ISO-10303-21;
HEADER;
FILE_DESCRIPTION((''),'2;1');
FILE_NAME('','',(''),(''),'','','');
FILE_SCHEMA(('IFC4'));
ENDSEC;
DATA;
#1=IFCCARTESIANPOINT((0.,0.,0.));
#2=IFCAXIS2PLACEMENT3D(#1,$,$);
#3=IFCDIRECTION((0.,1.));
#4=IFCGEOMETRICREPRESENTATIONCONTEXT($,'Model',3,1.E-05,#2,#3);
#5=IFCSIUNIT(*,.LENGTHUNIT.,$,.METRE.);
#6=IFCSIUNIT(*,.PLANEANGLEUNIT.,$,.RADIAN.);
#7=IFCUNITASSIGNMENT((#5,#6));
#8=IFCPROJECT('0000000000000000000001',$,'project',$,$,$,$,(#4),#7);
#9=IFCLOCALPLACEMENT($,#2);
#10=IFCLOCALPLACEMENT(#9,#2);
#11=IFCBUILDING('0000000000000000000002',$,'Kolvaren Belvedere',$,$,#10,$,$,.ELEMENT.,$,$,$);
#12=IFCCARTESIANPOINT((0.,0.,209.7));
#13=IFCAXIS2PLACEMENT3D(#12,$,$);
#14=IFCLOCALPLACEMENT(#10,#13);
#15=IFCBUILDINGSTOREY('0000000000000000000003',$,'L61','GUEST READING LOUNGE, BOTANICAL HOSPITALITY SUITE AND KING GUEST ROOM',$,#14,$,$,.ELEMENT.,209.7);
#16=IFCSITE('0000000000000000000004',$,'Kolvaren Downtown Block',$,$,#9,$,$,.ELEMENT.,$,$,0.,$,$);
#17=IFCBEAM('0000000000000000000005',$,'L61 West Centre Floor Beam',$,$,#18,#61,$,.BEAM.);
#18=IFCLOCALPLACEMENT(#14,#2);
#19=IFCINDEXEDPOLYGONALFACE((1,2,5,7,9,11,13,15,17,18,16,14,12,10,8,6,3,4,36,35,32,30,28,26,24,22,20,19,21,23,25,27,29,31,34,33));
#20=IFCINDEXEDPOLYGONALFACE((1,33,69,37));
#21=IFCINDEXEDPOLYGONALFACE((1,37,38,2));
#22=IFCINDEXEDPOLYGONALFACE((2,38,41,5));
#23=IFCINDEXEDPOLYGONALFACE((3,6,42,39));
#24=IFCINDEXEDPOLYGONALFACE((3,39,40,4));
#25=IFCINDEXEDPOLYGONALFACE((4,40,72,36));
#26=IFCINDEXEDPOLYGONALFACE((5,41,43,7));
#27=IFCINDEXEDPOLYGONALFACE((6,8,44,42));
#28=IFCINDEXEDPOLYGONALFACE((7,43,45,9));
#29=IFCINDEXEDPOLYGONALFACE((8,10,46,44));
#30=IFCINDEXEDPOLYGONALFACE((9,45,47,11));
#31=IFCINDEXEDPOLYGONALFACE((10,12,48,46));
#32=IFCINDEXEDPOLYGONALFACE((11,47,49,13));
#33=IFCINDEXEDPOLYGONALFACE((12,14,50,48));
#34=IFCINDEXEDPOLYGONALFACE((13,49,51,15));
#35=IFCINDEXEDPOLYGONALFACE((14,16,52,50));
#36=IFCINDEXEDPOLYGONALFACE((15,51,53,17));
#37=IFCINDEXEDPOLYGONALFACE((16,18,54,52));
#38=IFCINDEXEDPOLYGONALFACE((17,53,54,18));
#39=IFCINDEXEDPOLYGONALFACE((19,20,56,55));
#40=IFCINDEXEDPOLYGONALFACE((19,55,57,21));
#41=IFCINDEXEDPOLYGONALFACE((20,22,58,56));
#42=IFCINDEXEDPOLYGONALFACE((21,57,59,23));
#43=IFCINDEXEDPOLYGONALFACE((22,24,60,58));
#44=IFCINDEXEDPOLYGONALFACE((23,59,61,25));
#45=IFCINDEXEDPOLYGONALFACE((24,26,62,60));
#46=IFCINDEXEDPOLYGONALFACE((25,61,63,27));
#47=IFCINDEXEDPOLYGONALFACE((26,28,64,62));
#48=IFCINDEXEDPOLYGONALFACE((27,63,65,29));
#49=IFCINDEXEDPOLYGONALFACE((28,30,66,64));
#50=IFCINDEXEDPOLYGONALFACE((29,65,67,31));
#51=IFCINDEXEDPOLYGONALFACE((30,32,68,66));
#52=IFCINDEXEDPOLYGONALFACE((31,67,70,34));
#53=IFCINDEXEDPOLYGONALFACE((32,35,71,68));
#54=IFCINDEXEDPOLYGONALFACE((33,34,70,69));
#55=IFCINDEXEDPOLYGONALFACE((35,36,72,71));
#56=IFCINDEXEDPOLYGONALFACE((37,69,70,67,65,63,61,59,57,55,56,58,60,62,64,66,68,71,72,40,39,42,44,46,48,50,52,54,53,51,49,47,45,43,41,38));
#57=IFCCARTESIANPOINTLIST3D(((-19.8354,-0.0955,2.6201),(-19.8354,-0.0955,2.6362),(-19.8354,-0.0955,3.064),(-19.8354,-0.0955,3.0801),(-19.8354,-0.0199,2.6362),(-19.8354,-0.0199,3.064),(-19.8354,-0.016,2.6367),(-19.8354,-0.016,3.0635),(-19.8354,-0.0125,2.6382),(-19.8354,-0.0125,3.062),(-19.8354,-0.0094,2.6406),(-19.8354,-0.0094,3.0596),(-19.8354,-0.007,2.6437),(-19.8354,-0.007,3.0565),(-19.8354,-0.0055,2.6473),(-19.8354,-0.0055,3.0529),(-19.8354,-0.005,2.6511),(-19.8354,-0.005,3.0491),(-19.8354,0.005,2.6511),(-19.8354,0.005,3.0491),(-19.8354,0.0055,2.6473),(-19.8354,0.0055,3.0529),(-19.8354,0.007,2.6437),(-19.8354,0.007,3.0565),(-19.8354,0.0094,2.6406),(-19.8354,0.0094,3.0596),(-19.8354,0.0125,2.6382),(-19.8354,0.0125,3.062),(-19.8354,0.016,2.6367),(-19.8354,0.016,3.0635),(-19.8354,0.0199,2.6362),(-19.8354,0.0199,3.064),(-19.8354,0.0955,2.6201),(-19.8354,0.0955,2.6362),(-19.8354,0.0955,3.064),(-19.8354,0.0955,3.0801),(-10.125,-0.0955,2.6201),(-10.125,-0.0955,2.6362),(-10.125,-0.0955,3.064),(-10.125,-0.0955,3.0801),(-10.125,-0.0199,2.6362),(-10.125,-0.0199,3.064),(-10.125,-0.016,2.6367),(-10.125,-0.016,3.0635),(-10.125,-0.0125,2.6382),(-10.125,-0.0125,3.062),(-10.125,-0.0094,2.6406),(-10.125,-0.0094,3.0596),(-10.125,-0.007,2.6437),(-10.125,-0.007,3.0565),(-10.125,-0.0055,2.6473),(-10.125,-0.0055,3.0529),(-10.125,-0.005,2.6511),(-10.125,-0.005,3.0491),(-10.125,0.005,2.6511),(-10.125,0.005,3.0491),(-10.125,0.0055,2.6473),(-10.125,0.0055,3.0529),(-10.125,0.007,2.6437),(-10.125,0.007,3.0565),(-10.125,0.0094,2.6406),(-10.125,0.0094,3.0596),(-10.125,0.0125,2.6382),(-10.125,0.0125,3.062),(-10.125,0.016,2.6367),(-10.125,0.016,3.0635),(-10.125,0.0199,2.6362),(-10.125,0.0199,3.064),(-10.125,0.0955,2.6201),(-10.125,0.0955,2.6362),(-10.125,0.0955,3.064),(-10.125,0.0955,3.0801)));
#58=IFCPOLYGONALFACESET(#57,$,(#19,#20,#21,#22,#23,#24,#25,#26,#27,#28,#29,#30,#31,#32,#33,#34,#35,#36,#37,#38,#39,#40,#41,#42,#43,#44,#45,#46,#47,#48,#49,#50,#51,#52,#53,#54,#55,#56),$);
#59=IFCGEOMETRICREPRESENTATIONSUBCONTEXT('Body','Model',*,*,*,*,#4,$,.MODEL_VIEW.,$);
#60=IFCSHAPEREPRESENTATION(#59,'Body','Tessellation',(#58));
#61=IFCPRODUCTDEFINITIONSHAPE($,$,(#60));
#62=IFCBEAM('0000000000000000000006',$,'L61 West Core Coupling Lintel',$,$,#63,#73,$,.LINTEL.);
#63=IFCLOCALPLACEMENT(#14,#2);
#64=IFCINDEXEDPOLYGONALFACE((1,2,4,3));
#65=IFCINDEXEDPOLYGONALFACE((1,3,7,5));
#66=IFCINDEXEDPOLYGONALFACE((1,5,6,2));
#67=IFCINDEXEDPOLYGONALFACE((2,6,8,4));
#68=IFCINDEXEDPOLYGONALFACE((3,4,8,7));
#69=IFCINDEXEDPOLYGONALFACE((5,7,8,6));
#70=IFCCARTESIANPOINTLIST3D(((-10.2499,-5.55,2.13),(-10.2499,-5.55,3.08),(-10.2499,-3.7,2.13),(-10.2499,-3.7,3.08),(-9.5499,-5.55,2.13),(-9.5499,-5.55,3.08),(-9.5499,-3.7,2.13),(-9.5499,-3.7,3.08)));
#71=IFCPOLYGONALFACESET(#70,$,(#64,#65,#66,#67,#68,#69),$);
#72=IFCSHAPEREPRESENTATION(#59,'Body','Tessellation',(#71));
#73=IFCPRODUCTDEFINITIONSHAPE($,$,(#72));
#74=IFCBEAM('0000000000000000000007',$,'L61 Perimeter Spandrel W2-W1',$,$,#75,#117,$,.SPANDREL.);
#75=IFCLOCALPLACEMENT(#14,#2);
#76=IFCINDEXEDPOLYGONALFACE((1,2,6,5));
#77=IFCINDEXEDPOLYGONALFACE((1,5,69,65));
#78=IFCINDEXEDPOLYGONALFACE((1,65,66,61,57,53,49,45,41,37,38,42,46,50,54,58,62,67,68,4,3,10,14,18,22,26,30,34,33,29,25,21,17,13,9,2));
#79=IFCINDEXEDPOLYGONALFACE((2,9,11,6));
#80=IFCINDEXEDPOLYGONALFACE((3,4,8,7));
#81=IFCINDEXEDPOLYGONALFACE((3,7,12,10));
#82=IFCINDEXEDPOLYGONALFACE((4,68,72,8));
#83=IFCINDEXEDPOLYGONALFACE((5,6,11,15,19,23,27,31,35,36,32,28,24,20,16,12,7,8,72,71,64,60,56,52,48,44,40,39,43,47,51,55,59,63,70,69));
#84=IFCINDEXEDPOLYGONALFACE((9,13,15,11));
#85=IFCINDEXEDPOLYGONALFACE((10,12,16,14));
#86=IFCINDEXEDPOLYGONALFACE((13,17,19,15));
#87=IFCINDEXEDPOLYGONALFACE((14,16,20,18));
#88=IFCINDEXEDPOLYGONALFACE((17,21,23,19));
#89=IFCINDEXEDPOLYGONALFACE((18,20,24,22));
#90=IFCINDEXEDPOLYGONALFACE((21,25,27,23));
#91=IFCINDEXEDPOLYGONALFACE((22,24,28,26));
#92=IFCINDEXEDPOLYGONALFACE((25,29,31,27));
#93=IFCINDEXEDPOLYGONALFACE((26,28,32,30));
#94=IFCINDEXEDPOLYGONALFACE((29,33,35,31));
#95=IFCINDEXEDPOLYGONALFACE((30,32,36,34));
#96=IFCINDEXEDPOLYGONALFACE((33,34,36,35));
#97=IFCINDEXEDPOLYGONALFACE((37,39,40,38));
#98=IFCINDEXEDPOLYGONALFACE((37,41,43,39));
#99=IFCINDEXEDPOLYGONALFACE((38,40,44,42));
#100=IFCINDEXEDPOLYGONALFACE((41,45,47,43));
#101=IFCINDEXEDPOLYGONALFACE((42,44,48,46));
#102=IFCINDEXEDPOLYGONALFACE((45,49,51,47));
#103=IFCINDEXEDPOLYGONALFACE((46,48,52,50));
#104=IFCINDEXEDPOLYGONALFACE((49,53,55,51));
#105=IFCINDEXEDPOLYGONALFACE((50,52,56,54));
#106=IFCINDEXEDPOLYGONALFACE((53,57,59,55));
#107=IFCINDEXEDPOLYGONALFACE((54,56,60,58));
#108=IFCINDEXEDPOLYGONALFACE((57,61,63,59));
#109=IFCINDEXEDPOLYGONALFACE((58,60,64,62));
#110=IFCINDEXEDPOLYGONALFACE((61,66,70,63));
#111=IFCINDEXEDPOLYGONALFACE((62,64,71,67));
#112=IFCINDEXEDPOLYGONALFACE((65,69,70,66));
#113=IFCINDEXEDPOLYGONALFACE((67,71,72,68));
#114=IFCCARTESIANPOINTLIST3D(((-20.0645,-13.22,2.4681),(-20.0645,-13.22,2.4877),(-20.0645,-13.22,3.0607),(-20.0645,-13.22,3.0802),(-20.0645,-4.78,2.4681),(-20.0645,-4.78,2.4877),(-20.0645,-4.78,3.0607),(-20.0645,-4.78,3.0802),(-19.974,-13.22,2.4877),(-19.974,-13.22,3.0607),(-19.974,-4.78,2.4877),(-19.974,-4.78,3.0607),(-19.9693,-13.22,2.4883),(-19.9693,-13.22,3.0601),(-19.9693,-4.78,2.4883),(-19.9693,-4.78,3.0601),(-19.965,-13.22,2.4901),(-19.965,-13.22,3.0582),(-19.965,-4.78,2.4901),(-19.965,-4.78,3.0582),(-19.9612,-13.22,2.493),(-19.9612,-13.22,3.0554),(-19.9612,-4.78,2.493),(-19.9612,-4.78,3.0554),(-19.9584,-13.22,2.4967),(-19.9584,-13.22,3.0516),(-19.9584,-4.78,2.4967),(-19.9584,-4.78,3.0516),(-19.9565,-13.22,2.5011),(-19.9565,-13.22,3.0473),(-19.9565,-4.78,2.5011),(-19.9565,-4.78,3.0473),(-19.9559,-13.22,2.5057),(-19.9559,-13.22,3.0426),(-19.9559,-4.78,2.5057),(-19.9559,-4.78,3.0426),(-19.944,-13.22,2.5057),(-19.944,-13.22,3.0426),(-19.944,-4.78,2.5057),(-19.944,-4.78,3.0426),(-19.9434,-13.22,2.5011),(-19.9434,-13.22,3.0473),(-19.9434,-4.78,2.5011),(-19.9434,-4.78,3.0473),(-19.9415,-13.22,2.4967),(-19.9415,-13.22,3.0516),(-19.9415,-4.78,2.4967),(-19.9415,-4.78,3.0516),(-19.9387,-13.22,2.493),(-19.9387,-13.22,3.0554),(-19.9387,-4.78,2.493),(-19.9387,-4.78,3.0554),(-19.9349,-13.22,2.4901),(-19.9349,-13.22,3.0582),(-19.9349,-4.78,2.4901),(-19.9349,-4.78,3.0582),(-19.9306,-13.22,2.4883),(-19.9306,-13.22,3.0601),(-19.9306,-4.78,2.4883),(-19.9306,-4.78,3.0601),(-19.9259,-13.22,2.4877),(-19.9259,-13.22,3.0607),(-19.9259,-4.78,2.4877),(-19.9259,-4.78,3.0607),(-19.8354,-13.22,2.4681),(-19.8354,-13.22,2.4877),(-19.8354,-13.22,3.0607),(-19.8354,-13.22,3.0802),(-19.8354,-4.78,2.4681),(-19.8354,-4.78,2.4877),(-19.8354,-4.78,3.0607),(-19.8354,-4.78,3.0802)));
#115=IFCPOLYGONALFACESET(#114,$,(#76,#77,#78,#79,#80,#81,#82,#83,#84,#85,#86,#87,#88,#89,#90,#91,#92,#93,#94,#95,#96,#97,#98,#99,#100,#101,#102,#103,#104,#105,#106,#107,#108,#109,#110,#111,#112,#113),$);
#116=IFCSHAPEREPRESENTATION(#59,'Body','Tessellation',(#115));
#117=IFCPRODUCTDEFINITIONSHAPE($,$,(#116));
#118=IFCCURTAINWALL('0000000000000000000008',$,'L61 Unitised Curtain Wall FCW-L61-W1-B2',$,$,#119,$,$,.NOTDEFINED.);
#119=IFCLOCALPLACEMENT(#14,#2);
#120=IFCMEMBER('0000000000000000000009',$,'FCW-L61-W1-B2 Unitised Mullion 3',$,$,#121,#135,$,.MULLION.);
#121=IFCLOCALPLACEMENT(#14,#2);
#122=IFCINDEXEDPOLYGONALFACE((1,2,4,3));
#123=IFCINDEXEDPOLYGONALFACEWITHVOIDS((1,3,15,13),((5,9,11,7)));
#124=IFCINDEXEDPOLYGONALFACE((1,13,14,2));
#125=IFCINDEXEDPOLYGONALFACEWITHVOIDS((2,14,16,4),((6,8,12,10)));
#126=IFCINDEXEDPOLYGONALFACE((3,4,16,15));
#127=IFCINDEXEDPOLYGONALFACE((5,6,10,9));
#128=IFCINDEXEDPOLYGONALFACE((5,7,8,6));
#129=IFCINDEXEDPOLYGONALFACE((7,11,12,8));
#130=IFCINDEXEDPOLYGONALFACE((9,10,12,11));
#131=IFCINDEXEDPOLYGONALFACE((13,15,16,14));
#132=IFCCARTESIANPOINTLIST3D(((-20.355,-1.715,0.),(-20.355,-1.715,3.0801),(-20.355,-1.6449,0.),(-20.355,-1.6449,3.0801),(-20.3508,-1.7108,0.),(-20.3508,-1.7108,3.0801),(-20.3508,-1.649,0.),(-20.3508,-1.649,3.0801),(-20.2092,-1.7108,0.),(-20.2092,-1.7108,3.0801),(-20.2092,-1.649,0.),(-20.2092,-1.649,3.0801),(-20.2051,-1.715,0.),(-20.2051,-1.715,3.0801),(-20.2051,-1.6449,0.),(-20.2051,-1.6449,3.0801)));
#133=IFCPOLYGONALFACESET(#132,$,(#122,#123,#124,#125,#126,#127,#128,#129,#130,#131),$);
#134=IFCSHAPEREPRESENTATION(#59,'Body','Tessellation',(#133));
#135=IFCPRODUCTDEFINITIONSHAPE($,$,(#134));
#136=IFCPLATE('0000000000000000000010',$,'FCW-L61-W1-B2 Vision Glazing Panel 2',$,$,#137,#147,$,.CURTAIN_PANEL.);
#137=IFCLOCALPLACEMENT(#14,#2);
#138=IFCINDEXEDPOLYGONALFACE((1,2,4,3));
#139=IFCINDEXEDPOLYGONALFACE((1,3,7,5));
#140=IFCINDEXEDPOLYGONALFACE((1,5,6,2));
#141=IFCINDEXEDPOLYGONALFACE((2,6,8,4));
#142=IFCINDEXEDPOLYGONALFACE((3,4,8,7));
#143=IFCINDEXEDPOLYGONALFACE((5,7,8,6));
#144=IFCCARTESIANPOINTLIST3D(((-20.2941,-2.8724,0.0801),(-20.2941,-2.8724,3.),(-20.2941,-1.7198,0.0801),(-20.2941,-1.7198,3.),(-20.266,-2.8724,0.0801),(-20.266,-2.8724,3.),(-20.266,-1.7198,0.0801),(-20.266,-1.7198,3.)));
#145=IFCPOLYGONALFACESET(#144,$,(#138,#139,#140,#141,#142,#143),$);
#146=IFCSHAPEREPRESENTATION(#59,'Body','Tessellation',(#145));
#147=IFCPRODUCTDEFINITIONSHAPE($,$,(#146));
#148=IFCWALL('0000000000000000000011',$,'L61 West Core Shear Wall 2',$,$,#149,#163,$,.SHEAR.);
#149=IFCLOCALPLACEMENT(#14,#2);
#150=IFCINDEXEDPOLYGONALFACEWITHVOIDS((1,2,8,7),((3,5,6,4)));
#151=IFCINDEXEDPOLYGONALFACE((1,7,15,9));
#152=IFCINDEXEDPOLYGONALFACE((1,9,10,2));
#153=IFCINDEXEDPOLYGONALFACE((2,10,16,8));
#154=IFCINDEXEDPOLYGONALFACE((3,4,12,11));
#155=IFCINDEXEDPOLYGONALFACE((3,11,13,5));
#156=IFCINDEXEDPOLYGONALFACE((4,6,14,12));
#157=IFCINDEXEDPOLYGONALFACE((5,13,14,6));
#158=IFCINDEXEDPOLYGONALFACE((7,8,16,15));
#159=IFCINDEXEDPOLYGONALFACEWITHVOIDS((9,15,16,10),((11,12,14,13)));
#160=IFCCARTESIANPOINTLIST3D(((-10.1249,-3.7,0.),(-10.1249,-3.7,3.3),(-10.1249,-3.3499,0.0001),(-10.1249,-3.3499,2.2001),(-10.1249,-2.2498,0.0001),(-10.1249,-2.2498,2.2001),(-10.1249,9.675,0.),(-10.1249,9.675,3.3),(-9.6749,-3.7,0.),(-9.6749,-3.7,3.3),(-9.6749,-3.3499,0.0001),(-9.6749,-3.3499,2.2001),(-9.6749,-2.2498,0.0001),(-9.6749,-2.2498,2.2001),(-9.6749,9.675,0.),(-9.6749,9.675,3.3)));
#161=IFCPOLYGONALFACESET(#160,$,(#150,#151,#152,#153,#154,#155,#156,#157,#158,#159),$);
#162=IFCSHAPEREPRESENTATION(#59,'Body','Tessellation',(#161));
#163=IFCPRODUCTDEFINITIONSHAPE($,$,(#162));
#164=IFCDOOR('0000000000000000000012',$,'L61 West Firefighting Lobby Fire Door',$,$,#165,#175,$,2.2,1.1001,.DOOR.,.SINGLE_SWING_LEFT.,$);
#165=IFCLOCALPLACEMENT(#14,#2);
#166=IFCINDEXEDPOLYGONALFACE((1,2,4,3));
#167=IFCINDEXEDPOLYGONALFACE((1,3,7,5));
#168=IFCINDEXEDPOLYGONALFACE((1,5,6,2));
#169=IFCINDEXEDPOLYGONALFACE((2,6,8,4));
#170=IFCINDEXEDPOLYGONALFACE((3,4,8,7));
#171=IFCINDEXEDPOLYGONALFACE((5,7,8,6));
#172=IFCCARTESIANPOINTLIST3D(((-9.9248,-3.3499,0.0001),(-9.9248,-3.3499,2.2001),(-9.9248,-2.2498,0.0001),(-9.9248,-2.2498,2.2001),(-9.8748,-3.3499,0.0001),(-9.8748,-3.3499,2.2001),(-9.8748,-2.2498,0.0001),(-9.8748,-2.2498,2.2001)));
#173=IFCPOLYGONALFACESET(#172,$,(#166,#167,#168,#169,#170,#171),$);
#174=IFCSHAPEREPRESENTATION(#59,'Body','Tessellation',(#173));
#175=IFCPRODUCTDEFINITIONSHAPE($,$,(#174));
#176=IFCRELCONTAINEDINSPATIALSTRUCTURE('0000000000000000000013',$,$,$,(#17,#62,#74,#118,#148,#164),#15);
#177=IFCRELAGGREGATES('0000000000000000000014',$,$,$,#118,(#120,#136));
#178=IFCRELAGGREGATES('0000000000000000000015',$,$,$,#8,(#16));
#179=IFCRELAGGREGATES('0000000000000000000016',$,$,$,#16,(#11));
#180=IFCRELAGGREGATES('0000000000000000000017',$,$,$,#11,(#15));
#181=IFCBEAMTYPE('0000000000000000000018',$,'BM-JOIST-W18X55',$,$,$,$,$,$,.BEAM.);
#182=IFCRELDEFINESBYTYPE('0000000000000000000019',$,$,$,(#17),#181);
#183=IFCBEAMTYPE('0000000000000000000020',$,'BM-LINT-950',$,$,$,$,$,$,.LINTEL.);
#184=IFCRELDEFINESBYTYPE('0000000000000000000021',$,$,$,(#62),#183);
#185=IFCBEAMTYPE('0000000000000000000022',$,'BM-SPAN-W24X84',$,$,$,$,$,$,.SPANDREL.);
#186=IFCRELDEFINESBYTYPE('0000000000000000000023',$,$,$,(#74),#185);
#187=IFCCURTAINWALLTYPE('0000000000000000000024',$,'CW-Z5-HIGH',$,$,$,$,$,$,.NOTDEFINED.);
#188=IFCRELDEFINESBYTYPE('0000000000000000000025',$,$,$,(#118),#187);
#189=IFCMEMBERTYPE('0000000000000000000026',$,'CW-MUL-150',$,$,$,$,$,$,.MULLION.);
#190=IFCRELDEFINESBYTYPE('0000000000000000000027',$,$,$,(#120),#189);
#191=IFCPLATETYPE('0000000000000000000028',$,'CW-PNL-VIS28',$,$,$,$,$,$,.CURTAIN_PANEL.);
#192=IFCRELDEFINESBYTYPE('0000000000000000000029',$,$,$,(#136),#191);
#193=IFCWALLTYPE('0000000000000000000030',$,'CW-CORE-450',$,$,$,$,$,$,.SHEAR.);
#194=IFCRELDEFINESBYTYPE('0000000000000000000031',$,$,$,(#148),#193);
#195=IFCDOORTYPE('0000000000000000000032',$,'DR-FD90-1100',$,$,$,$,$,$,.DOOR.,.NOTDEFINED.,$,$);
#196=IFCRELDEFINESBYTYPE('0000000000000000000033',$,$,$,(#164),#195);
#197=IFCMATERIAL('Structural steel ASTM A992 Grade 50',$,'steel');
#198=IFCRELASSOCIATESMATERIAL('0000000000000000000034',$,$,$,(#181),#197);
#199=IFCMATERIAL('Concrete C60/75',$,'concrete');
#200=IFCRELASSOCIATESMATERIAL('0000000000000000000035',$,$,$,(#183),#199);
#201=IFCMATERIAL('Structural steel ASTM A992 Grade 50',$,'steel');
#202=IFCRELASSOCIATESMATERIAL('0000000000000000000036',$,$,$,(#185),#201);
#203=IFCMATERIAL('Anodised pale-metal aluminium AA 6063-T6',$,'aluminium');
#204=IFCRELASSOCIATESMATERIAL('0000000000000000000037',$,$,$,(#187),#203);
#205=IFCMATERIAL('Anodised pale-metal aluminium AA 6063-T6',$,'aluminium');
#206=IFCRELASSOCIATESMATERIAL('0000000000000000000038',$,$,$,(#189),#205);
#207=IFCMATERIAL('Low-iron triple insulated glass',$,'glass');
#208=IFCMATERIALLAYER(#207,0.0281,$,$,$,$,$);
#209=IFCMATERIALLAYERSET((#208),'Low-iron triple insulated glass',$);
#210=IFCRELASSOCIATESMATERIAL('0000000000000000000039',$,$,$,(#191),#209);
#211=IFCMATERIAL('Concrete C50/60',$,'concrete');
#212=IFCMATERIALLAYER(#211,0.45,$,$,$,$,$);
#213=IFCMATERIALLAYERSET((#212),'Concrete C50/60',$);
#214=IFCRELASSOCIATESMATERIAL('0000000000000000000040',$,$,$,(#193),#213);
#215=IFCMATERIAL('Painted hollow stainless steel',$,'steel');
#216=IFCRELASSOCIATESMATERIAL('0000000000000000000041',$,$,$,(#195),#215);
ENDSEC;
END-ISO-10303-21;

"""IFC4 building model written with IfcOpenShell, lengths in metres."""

from ifc_helpers import new_model, si_unit, direction, frame, frame_2d, origin, origin_2d, place, context, subcontext, project, spatial, rectangle, hollow_rectangle, i_section, extrude, material, layer, layer_set, material_profile, profile_set, type_object, element, fill, aggregate, save


model = new_model("IFC4")

# Units and contexts
model_context = context("Model", 3, precision=1e-05, world=origin(), true_north=direction((0.0, 1.0)))
body_context = subcontext(model_context, "Body", "Model", "MODEL_VIEW")
ifc_project = project(units=[si_unit("LENGTHUNIT", "METRE"), si_unit("PLANEANGLEUNIT", "RADIAN")], contexts=[model_context])

# Site, building, storey
site_placement = place(None, origin())
site = spatial("IfcSite", under=ifc_project, at=site_placement, Name="Kolvaren Downtown Block", CompositionType="ELEMENT", RefElevation=0.0)
building_placement = place(site_placement, origin())
building = spatial("IfcBuilding", under=site, at=building_placement, Name="Kolvaren Belvedere", CompositionType="ELEMENT")
storey_placement = place(building_placement, frame((0.0, 0.0, 209.7)))
storey = spatial("IfcBuildingStorey", under=building, at=storey_placement, Name="L61", Description="GUEST READING LOUNGE, BOTANICAL HOSPITALITY SUITE AND KING GUEST ROOM", CompositionType="ELEMENT", Elevation=209.7)

# Beams
ifc_material_1 = material(Name="Structural steel ASTM A992 Grade 50", Category="steel")
ifc_material_profile_1 = material_profile(ifc_material_1, i_section(OverallWidth=0.1909, OverallDepth=0.46, WebThickness=0.01, FlangeThickness=0.0161, FilletRadius=0.0149, at=origin_2d()), Name="W18X55")
ifc_profile_set_1 = profile_set([ifc_material_profile_1], Name="Structural steel ASTM A992 Grade 50")
beam_type_1 = type_object("IfcBeamType", Name="BM-JOIST-W18X55", PredefinedType="BEAM", material=ifc_profile_set_1)
beam_1_placement = place(storey_placement, frame((-10.125, 0.0, 2.8501), z_axis=(-1.0, 0.0, 0.0), x_axis=(0.0, -1.0, 0.0)))
element("IfcBeam", 1, at=beam_1_placement, inside=storey, type_object=beam_type_1, Name="L61 West Centre Floor Beam", PredefinedType="BEAM", context=body_context, shape_type="SweptSolid", body=[
    extrude(i_section(OverallWidth=0.1909, OverallDepth=0.46, WebThickness=0.01, FlangeThickness=0.0161, FilletRadius=0.0149, at=origin_2d()), origin(), (0.0, 0.0, 1.0), 9.7104),
])
ifc_material_2 = material(Name="Concrete C60/75", Category="concrete")
ifc_material_profile_2 = material_profile(ifc_material_2, rectangle(XDim=0.7, YDim=0.95, at=origin_2d()), Name="RC 700X950")
ifc_profile_set_2 = profile_set([ifc_material_profile_2], Name="Concrete C60/75")
beam_type_2 = type_object("IfcBeamType", Name="BM-LINT-950", PredefinedType="LINTEL", material=ifc_profile_set_2)
beam_2_placement = place(storey_placement, frame((-9.8999, -5.55, 2.605), z_axis=(0.0, 1.0, 0.0), x_axis=(-1.0, 0.0, 0.0)))
element("IfcBeam", 2, at=beam_2_placement, inside=storey, type_object=beam_type_2, Name="L61 West Core Coupling Lintel", PredefinedType="LINTEL", context=body_context, shape_type="SweptSolid", body=[
    extrude(rectangle(XDim=0.7, YDim=0.95, at=origin_2d()), origin(), (0.0, 0.0, 1.0), 1.8501),
])
ifc_material_3 = material(Name="Structural steel ASTM A992 Grade 50", Category="steel")
ifc_material_profile_3 = material_profile(ifc_material_3, i_section(OverallWidth=0.229, OverallDepth=0.6121, WebThickness=0.012, FlangeThickness=0.0195, FilletRadius=0.0181, at=origin_2d()), Name="W24X84")
ifc_profile_set_3 = profile_set([ifc_material_profile_3], Name="Structural steel ASTM A992 Grade 50")
beam_type_3 = type_object("IfcBeamType", Name="BM-SPAN-W24X84", PredefinedType="SPANDREL", material=ifc_profile_set_3)
beam_3_placement = place(storey_placement, frame((-19.95, -4.78, 2.7742), z_axis=(0.0, -1.0, 0.0), x_axis=(1.0, 0.0, 0.0)))
element("IfcBeam", 3, at=beam_3_placement, inside=storey, type_object=beam_type_3, Name="L61 Perimeter Spandrel W2-W1", PredefinedType="SPANDREL", context=body_context, shape_type="SweptSolid", body=[
    extrude(i_section(OverallWidth=0.229, OverallDepth=0.6121, WebThickness=0.012, FlangeThickness=0.0195, FilletRadius=0.0181, at=origin_2d()), origin(), (0.0, 0.0, 1.0), 8.4399),
])

# Curtain wall, member, plate
ifc_material_4 = material(Name="Anodised pale-metal aluminium AA 6063-T6", Category="aluminium")
curtain_wall_type = type_object("IfcCurtainWallType", Name="CW-Z5-HIGH", PredefinedType="NOTDEFINED", material=ifc_material_4)
curtain_wall_placement = place(storey_placement, origin())
curtain_wall = element("IfcCurtainWall", 4, at=curtain_wall_placement, inside=storey, type_object=curtain_wall_type, Name="L61 Unitised Curtain Wall FCW-L61-W1-B2", PredefinedType="NOTDEFINED")
ifc_material_5 = material(Name="Anodised pale-metal aluminium AA 6063-T6", Category="aluminium")
ifc_material_profile_4 = material_profile(ifc_material_5, hollow_rectangle(XDim=0.0701, YDim=0.1499, WallThickness=0.0042, at=origin_2d()), Name="ALU-MUL-150X70")
ifc_profile_set_4 = profile_set([ifc_material_profile_4], Name="Anodised pale-metal aluminium AA 6063-T6")
member_type = type_object("IfcMemberType", Name="CW-MUL-150", PredefinedType="MULLION", material=ifc_profile_set_4)
member_placement = place(storey_placement, frame((-20.28, -1.6799, 0.0), z_axis=(0.0, 0.0, 1.0), x_axis=(0.0, 1.0, 0.0)))
member = element("IfcMember", 5, at=member_placement, type_object=member_type, Name="FCW-L61-W1-B2 Unitised Mullion 3", PredefinedType="MULLION", context=body_context, shape_type="SweptSolid", body=[
    extrude(hollow_rectangle(XDim=0.0701, YDim=0.1499, WallThickness=0.0042, at=origin_2d()), origin(), (0.0, 0.0, 1.0), 3.0801),
])
ifc_material_6 = material(Name="Low-iron triple insulated glass", Category="glass")
ifc_layer_1 = layer(ifc_material_6, 0.0281)
ifc_layer_set_1 = layer_set([ifc_layer_1], Name="Low-iron triple insulated glass")
plate_type = type_object("IfcPlateType", Name="CW-PNL-VIS28", PredefinedType="CURTAIN_PANEL", material=ifc_layer_set_1)
plate_placement = place(storey_placement, frame((-20.28, -2.2961, 0.0801), z_axis=(0.0, 0.0, 1.0), x_axis=(0.0, 1.0, 0.0)))
plate = element("IfcPlate", 6, at=plate_placement, type_object=plate_type, Name="FCW-L61-W1-B2 Vision Glazing Panel 2", PredefinedType="CURTAIN_PANEL", context=body_context, shape_type="SweptSolid", body=[
    extrude(rectangle(XDim=1.1526, YDim=0.0281, at=origin_2d()), origin(), (0.0, 0.0, 1.0), 2.9199),
])
aggregate(curtain_wall, [member, plate])

# Wall, opening, door
ifc_material_7 = material(Name="Concrete C50/60", Category="concrete")
ifc_layer_2 = layer(ifc_material_7, 0.45)
ifc_layer_set_2 = layer_set([ifc_layer_2], Name="Concrete C50/60")
wall_type_1 = type_object("IfcWallType", Name="CW-CORE-450", PredefinedType="SHEAR", material=ifc_layer_set_2)
wall_1_placement = place(storey_placement, frame((-9.8999, -3.7, 0.0), z_axis=(0.0, 0.0, 1.0), x_axis=(0.0, 1.0, 0.0)))
wall_1 = element("IfcWall", 7, at=wall_1_placement, inside=storey, type_object=wall_type_1, Name="L61 West Core Shear Wall 2", PredefinedType="SHEAR", context=body_context, shape_type="SweptSolid", body=[
    extrude(rectangle(XDim=13.375, YDim=0.45, at=frame_2d((6.6875, 0.0))), origin(), (0.0, 0.0, 1.0), 3.3),
])
opening_1_placement = place(wall_1_placement, frame((0.3501, 0.0, 0.0)))
opening_1 = element("IfcOpeningElement", 8, at=opening_1_placement, cuts=wall_1, PredefinedType="OPENING", context=body_context, shape_type="SweptSolid", body=[
    extrude(rectangle(XDim=1.1001, YDim=2.2, at=frame_2d((0.55, 1.1001))), frame((0.0, 0.2349, 0.0), z_axis=(0.0, -1.0, 0.0), x_axis=(1.0, 0.0, 0.0)), (0.0, 0.0, 1.0), 0.47),
])
ifc_material_8 = material(Name="Painted hollow stainless steel", Category="steel")
door_type_1 = type_object("IfcDoorType", Name="DR-FD90-1100", OperationType="NOTDEFINED", PredefinedType="DOOR", material=ifc_material_8)
door_1_placement = place(opening_1_placement, origin())
door_1 = element("IfcDoor", 9, at=door_1_placement, inside=storey, type_object=door_type_1, Name="L61 West Firefighting Lobby Fire Door", OperationType="SINGLE_SWING_LEFT", OverallHeight=2.2, OverallWidth=1.1001, PredefinedType="DOOR", context=body_context, shape_type="SweptSolid", body=[
    extrude(rectangle(XDim=1.1001, YDim=2.2, at=frame_2d((0.55, 1.1001))), frame((0.0, 0.0249, 0.0), z_axis=(0.0, -1.0, 0.0), x_axis=(1.0, 0.0, 0.0)), (0.0, 0.0, 1.0), 0.05),
])
fill(opening_1, door_1)

save(model, "model.ifc")
